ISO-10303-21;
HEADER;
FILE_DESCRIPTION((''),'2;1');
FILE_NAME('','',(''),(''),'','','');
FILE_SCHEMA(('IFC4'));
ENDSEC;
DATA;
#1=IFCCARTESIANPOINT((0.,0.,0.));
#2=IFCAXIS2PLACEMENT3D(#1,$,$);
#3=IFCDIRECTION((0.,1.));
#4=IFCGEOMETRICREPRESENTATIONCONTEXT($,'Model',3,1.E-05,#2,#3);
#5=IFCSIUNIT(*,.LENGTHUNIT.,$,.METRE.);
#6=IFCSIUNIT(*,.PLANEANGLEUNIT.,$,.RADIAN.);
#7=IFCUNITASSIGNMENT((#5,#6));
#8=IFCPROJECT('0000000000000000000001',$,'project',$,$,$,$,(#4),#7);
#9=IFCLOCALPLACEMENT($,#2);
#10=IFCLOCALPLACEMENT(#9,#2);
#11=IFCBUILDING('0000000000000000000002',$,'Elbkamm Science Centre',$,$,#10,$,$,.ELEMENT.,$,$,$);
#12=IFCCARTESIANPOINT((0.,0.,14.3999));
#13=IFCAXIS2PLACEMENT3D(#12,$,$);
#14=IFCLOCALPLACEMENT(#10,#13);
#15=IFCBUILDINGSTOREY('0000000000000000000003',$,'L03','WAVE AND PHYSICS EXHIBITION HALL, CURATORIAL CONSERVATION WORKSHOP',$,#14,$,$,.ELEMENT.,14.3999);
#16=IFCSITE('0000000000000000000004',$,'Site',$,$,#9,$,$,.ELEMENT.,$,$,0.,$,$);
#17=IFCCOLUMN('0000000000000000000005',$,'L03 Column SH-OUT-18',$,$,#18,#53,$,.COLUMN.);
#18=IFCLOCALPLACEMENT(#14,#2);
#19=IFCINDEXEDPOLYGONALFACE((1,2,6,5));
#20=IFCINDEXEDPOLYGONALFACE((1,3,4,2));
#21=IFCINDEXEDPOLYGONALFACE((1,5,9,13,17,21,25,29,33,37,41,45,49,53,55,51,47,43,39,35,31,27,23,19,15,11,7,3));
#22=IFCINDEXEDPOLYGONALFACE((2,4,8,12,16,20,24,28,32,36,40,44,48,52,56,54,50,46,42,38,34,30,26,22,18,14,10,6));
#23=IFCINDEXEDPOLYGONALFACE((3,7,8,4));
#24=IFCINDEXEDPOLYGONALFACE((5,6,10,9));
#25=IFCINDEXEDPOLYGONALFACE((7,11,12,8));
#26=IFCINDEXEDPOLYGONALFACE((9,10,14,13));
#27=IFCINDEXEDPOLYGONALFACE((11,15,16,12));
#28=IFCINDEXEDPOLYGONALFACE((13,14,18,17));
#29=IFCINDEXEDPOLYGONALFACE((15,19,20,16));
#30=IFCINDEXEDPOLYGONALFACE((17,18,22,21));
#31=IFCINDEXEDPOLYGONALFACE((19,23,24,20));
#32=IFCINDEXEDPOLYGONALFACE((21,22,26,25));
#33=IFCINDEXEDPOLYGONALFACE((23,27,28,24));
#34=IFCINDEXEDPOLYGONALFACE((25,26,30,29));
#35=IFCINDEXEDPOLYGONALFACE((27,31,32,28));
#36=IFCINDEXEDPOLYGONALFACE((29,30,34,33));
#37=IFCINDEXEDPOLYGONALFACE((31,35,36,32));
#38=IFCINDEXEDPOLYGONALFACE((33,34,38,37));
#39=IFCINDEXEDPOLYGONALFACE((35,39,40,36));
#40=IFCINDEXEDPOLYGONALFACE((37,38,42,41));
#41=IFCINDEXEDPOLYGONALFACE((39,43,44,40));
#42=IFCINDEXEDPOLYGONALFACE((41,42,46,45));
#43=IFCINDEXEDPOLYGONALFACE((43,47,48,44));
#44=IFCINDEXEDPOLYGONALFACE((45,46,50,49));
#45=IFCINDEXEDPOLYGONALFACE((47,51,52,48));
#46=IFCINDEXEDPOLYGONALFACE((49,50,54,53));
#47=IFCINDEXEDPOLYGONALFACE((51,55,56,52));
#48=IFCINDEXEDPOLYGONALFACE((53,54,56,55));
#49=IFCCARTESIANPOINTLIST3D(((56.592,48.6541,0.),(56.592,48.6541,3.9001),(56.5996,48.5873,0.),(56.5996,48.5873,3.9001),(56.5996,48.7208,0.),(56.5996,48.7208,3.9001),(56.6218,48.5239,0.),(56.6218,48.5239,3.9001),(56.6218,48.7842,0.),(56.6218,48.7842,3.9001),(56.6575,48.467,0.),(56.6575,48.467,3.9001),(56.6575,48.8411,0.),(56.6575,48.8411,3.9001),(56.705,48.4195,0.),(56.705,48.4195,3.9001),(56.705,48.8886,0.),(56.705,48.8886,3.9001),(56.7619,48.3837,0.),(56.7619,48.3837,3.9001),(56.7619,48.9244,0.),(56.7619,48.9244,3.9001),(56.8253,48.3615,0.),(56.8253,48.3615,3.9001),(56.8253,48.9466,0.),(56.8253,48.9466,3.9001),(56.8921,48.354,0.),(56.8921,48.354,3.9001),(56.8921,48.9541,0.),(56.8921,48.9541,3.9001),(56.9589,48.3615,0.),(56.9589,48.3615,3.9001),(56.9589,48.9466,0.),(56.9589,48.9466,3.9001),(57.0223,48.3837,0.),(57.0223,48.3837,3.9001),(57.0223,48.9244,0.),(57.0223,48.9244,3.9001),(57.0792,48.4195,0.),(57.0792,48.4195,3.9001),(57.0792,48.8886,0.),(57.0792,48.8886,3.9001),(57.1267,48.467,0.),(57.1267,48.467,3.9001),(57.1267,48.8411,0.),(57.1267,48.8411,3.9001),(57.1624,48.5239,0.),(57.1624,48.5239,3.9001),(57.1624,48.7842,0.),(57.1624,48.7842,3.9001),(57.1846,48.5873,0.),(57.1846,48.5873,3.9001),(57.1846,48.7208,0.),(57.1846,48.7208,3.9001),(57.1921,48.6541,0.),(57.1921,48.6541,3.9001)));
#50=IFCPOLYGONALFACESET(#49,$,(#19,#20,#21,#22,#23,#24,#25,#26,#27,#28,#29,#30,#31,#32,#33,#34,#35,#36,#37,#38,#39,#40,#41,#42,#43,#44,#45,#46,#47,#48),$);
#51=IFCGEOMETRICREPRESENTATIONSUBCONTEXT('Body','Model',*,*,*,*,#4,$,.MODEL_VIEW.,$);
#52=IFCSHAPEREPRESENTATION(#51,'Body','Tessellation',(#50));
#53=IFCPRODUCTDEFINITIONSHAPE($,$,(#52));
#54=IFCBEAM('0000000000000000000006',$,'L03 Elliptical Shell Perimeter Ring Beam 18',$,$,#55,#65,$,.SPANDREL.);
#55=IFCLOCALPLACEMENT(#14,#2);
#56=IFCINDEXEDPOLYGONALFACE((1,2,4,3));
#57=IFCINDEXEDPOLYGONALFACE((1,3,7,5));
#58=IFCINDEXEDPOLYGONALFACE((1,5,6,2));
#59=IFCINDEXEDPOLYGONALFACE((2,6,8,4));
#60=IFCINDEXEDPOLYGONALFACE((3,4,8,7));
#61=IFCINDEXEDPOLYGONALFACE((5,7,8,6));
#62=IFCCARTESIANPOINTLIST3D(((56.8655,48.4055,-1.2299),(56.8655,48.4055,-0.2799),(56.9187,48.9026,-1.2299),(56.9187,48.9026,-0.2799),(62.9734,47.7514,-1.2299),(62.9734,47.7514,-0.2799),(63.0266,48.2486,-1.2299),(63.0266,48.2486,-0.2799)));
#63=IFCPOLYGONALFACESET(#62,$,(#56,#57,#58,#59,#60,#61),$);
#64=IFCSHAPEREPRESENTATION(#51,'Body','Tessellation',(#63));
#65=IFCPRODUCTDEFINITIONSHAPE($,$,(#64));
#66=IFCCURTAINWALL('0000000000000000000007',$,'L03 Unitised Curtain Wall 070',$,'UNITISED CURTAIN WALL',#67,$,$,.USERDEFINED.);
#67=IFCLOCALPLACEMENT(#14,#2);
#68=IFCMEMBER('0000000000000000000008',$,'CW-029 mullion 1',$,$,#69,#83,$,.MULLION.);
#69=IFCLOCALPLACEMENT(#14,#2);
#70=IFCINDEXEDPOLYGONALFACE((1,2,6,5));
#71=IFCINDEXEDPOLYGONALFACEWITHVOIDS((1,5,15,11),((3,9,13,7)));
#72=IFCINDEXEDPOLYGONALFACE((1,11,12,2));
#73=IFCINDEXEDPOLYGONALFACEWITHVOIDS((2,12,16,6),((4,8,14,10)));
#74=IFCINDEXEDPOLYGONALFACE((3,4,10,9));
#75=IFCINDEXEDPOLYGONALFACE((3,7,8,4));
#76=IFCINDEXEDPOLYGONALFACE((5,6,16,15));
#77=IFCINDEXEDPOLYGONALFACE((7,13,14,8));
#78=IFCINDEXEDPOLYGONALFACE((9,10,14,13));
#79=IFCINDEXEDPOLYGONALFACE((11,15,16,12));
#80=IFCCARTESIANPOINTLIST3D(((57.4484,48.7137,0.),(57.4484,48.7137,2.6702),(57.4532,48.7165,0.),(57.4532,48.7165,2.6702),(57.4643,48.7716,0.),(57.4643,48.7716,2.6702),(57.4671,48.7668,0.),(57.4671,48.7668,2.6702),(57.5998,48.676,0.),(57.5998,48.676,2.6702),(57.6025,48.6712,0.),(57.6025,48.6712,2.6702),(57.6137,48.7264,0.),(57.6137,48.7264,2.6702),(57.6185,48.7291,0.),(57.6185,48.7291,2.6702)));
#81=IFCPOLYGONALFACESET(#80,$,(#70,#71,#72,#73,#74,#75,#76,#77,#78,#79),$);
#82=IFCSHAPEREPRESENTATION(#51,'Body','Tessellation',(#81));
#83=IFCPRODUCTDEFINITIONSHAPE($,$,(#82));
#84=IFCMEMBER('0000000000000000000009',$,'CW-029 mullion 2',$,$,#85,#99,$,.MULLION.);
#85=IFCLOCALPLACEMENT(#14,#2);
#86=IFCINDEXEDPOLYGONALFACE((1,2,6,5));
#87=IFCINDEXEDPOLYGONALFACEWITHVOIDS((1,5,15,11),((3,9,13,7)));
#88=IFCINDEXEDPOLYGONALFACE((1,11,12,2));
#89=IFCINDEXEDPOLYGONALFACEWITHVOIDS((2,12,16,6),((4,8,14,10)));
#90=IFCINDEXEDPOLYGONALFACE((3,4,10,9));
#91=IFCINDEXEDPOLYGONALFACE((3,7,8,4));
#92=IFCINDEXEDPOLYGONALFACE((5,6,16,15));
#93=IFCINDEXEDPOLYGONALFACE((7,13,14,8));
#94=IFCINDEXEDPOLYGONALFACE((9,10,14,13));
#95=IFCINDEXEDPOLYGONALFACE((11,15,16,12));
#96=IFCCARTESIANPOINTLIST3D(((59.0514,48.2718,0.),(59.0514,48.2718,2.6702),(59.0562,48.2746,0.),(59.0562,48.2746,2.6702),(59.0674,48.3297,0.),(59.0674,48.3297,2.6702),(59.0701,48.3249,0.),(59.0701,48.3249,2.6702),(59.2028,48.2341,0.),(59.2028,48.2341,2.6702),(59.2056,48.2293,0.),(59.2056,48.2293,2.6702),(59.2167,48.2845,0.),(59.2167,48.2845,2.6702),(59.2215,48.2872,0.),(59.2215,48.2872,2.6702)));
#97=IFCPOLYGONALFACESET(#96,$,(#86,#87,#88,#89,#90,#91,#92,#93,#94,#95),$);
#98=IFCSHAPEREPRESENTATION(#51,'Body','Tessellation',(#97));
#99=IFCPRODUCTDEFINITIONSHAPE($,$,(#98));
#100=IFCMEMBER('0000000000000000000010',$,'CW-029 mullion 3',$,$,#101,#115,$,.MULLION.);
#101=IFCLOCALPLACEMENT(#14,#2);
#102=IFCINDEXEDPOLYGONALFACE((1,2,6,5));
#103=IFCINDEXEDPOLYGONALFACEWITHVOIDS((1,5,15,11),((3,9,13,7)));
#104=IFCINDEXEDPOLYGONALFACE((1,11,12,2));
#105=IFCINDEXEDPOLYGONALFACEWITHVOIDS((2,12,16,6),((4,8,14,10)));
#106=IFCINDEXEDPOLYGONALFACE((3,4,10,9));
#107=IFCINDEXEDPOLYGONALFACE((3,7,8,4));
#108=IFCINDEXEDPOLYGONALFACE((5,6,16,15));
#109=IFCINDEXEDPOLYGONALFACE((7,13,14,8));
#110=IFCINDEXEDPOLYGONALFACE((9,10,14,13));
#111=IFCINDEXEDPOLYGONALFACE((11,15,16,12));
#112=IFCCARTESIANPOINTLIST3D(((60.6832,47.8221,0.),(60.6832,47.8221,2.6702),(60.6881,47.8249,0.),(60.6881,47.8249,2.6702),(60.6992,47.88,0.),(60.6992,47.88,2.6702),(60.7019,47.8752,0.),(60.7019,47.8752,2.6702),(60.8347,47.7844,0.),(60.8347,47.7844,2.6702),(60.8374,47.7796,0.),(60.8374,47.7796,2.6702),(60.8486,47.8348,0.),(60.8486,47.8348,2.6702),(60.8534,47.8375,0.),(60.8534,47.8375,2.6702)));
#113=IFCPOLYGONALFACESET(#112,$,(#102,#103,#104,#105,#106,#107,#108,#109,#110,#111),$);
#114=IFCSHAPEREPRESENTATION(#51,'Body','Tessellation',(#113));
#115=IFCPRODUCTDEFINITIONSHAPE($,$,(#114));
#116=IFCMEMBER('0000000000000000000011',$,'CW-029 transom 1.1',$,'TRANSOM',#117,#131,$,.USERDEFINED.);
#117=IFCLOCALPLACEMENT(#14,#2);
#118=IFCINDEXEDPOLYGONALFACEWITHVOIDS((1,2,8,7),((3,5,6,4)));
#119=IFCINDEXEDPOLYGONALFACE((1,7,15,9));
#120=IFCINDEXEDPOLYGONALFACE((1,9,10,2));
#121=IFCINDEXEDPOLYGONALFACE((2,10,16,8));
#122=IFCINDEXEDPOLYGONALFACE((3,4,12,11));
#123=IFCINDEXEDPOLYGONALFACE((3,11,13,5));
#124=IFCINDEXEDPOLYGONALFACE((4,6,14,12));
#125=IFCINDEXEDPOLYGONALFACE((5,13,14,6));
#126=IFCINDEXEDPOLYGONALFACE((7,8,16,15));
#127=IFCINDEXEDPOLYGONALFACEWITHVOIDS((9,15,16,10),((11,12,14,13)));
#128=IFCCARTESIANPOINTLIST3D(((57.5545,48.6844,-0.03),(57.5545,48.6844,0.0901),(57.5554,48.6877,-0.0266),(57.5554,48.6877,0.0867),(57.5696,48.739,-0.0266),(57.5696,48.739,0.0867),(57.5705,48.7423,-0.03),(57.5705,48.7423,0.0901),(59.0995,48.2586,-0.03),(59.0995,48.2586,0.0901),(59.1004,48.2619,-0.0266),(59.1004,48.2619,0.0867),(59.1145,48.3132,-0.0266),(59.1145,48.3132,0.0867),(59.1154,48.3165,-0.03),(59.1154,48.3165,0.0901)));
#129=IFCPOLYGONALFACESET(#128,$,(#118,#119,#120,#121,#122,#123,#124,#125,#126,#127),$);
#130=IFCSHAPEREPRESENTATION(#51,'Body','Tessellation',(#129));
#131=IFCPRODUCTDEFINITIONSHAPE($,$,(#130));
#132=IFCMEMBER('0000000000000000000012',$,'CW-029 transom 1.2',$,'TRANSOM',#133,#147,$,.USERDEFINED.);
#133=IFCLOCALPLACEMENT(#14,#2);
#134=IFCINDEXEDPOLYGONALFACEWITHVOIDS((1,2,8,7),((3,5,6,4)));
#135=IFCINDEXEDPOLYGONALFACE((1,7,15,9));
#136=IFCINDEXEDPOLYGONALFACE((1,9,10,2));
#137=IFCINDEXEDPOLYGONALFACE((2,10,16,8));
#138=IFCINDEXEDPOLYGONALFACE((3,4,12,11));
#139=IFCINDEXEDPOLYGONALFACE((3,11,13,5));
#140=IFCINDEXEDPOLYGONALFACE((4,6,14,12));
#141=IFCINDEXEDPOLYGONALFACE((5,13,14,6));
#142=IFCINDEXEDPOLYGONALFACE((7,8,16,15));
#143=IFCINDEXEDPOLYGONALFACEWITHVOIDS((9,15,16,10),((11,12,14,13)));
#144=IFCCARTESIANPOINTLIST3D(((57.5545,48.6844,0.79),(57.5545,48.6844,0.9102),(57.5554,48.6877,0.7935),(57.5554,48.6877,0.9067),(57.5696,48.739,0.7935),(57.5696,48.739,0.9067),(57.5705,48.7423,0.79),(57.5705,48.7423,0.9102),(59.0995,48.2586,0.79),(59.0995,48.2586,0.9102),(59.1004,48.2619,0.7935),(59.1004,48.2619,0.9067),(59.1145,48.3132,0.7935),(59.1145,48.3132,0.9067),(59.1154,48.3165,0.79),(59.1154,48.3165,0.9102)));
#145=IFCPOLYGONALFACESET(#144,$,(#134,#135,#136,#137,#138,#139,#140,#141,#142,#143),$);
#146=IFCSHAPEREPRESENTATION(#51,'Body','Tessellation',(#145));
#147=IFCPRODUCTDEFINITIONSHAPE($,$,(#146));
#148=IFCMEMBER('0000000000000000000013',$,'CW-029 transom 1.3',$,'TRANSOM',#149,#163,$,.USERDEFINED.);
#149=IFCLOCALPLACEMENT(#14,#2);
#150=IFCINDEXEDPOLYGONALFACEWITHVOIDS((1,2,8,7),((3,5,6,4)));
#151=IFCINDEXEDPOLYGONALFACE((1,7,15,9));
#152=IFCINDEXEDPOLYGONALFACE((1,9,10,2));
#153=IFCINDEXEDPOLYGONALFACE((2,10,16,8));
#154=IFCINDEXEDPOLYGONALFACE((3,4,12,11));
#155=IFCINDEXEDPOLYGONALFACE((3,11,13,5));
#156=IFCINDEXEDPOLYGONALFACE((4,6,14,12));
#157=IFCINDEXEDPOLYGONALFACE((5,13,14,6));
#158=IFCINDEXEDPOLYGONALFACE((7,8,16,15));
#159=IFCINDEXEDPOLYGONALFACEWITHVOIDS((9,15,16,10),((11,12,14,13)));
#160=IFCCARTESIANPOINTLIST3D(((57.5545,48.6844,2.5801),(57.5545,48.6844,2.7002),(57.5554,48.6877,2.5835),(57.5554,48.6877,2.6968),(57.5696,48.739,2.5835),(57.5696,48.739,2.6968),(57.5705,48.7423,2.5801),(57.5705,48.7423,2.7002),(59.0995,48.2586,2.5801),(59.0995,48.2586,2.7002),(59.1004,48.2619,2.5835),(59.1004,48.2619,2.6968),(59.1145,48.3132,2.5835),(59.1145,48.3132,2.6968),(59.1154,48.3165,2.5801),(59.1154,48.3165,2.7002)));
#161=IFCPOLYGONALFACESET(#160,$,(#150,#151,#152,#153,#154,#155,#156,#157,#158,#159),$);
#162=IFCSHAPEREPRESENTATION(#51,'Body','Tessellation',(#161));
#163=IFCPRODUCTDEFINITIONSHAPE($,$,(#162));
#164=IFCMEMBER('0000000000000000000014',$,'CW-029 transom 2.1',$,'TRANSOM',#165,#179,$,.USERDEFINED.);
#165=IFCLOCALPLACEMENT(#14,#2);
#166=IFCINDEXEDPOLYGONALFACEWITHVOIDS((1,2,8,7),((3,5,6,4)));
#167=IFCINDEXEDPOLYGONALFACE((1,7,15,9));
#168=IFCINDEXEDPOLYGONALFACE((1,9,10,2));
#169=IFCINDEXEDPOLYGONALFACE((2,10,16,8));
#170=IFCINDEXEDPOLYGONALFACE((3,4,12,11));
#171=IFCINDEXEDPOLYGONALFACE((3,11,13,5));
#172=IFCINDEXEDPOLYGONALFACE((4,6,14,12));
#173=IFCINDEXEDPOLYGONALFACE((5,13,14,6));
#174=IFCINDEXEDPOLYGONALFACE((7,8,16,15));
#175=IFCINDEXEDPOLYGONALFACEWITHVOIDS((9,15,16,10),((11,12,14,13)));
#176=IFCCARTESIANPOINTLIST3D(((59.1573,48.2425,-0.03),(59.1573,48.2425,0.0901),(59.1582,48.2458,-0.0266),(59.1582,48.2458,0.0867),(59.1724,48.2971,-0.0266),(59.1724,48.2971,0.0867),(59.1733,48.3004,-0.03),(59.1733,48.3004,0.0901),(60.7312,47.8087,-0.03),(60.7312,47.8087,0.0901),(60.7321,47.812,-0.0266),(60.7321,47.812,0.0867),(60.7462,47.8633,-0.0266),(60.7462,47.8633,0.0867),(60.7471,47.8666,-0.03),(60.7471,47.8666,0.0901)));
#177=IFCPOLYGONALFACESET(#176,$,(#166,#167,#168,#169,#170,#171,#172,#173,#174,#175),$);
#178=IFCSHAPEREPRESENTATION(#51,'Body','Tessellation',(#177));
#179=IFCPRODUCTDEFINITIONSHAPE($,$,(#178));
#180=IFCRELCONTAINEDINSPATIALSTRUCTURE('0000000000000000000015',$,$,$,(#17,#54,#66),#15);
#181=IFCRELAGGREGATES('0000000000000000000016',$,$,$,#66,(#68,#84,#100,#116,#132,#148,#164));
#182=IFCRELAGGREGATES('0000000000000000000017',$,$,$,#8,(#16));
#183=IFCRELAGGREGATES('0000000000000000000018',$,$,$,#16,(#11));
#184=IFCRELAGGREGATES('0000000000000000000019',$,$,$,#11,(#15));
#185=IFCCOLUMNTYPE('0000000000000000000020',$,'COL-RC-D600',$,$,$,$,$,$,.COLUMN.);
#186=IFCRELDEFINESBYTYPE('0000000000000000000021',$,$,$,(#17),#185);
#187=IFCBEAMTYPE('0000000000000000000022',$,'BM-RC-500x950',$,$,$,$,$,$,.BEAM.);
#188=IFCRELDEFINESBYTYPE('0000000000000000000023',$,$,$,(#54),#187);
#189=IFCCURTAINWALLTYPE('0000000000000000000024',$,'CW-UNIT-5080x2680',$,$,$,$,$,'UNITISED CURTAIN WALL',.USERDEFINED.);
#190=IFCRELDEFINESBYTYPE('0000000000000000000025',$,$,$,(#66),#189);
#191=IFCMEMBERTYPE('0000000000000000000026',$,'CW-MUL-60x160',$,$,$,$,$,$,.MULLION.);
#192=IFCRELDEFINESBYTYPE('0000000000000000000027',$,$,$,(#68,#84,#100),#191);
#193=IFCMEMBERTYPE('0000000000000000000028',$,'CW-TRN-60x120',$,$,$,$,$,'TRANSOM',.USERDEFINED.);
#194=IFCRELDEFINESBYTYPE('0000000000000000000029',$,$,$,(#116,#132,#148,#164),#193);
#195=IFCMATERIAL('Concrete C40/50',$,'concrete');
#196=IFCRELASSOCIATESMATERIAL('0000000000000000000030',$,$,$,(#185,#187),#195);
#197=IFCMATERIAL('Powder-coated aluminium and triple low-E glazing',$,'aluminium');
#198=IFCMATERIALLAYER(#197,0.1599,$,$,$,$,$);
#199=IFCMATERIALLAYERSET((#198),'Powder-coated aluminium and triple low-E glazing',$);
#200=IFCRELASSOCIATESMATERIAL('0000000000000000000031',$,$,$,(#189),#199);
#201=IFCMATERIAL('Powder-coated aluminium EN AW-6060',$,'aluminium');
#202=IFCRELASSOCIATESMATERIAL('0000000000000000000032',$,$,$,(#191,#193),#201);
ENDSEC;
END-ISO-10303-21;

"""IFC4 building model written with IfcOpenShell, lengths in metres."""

from ifc_helpers import new_model, si_unit, direction, frame, origin, origin_2d, place, context, subcontext, project, spatial, rectangle, hollow_rectangle, circle, extrude, material, layer, layer_set, material_profile, profile_set, type_object, element, aggregate, save


model = new_model("IFC4")

# Units and contexts
model_context = context("Model", 3, precision=1e-05, world=origin(), true_north=direction((0.0, 1.0)))
body_context = subcontext(model_context, "Body", "Model", "MODEL_VIEW")
ifc_project = project(units=[si_unit("LENGTHUNIT", "METRE"), si_unit("PLANEANGLEUNIT", "RADIAN")], contexts=[model_context])

# Site, building, storey
site_placement = place(None, origin())
site = spatial("IfcSite", under=ifc_project, at=site_placement, Name="Site", CompositionType="ELEMENT", RefElevation=0.0)
building_placement = place(site_placement, origin())
building = spatial("IfcBuilding", under=site, at=building_placement, Name="Elbkamm Science Centre", CompositionType="ELEMENT")
storey_placement = place(building_placement, frame((0.0, 0.0, 14.3999)))
storey = spatial("IfcBuildingStorey", under=building, at=storey_placement, Name="L03", Description="WAVE AND PHYSICS EXHIBITION HALL, CURATORIAL CONSERVATION WORKSHOP", CompositionType="ELEMENT", Elevation=14.3999)

# Column
ifc_material_1 = material(Name="Concrete C40/50", Category="concrete")
ifc_material_profile_1 = material_profile(ifc_material_1, circle(Radius=0.3, at=origin_2d()), Name="RC D600")
ifc_profile_set_1 = profile_set([ifc_material_profile_1], Name="Concrete C40/50")
column_type = type_object("IfcColumnType", Name="COL-RC-D600", PredefinedType="COLUMN", material=ifc_profile_set_1)
column_placement = place(storey_placement, frame((56.8921, 48.6541, 0.0), z_axis=(0.0, 0.0, 1.0), x_axis=(1.0, 0.0, 0.0)))
element("IfcColumn", 1, at=column_placement, inside=storey, type_object=column_type, Name="L03 Column SH-OUT-18", PredefinedType="COLUMN", context=body_context, shape_type="SweptSolid", body=[
    extrude(circle(Radius=0.3, at=origin_2d()), origin(), (0.0, 0.0, 1.0), 3.9001),
])

# Beam
ifc_material_profile_2 = material_profile(ifc_material_1, rectangle(XDim=0.5, YDim=0.95, at=origin_2d()), Name="RC 500x950")
ifc_profile_set_2 = profile_set([ifc_material_profile_2], Name="Concrete C40/50")
beam_type = type_object("IfcBeamType", Name="BM-RC-500x950", PredefinedType="BEAM", material=ifc_profile_set_2)
beam_placement = place(storey_placement, frame((56.8921, 48.6541, -0.7549), z_axis=(0.994315, -0.106474, 0.0), x_axis=(0.106474, 0.994315, 0.0)))
element("IfcBeam", 2, at=beam_placement, inside=storey, type_object=beam_type, Name="L03 Elliptical Shell Perimeter Ring Beam 18", PredefinedType="SPANDREL", context=body_context, shape_type="SweptSolid", body=[
    extrude(rectangle(XDim=0.5, YDim=0.95, at=origin_2d()), origin(), (0.0, 0.0, 1.0), 6.1428),
])

# Curtain wall, members
ifc_material_2 = material(Name="Powder-coated aluminium and triple low-E glazing", Category="aluminium")
ifc_layer_1 = layer(ifc_material_2, 0.1599)
ifc_layer_set_1 = layer_set([ifc_layer_1], Name="Powder-coated aluminium and triple low-E glazing")
curtain_wall_type = type_object("IfcCurtainWallType", Name="CW-UNIT-5080x2680", ElementType="UNITISED CURTAIN WALL", PredefinedType="USERDEFINED", material=ifc_layer_set_1)
curtain_wall_placement = place(storey_placement, origin())
curtain_wall = element("IfcCurtainWall", 3, at=curtain_wall_placement, inside=storey, type_object=curtain_wall_type, Name="L03 Unitised Curtain Wall 070", ObjectType="UNITISED CURTAIN WALL", PredefinedType="USERDEFINED")
ifc_material_3 = material(Name="Powder-coated aluminium EN AW-6060", Category="aluminium")
ifc_material_profile_3 = material_profile(ifc_material_3, hollow_rectangle(XDim=0.0601, YDim=0.1599, WallThickness=0.0039, at=origin_2d()), Name="ALU M60x160")
ifc_profile_set_3 = profile_set([ifc_material_profile_3], Name="Powder-coated aluminium EN AW-6060")
member_type_1 = type_object("IfcMemberType", Name="CW-MUL-60x160", PredefinedType="MULLION", material=ifc_profile_set_3)
member_1_placement = place(storey_placement, frame((57.5334, 48.7214, 0.0), z_axis=(0.0, 0.0, 1.0), x_axis=(0.265718, 0.964051, 0.0)))
member_1 = element("IfcMember", 4, at=member_1_placement, type_object=member_type_1, Name="CW-029 mullion 1", PredefinedType="MULLION", context=body_context, shape_type="SweptSolid", body=[
    extrude(hollow_rectangle(XDim=0.0601, YDim=0.1599, WallThickness=0.0039, at=origin_2d()), origin(), (0.0, 0.0, 1.0), 2.6702),
])
member_2_placement = place(storey_placement, frame((59.1365, 48.2795, 0.0), z_axis=(0.0, 0.0, 1.0), x_axis=(0.265718, 0.964051, 0.0)))
member_2 = element("IfcMember", 5, at=member_2_placement, type_object=member_type_1, Name="CW-029 mullion 2", PredefinedType="MULLION", context=body_context, shape_type="SweptSolid", body=[
    extrude(hollow_rectangle(XDim=0.0601, YDim=0.1599, WallThickness=0.0039, at=origin_2d()), origin(), (0.0, 0.0, 1.0), 2.6702),
])
member_3_placement = place(storey_placement, frame((60.7683, 47.8298, 0.0), z_axis=(0.0, 0.0, 1.0), x_axis=(0.265718, 0.964051, 0.0)))
member_3 = element("IfcMember", 6, at=member_3_placement, type_object=member_type_1, Name="CW-029 mullion 3", PredefinedType="MULLION", context=body_context, shape_type="SweptSolid", body=[
    extrude(hollow_rectangle(XDim=0.0601, YDim=0.1599, WallThickness=0.0039, at=origin_2d()), origin(), (0.0, 0.0, 1.0), 2.6702),
])
ifc_material_profile_4 = material_profile(ifc_material_3, hollow_rectangle(XDim=0.0601, YDim=0.1201, WallThickness=0.0034, at=origin_2d()), Name="ALU T60x120")
ifc_profile_set_4 = profile_set([ifc_material_profile_4], Name="Powder-coated aluminium EN AW-6060")
member_type_2 = type_object("IfcMemberType", Name="CW-TRN-60x120", ElementType="TRANSOM", PredefinedType="USERDEFINED", material=ifc_profile_set_4)
member_4_placement = place(storey_placement, frame((57.5625, 48.7134, 0.03), z_axis=(0.964057, -0.265695, 0.0), x_axis=(0.265695, 0.964057, 0.0)))
member_4 = element("IfcMember", 7, at=member_4_placement, type_object=member_type_2, Name="CW-029 transom 1.1", ObjectType="TRANSOM", PredefinedType="USERDEFINED", context=body_context, shape_type="SweptSolid", body=[
    extrude(hollow_rectangle(XDim=0.0601, YDim=0.1201, WallThickness=0.0034, at=origin_2d()), origin(), (0.0, 0.0, 1.0), 1.6025),
])
member_5_placement = place(storey_placement, frame((57.5625, 48.7134, 0.8501), z_axis=(0.964057, -0.265695, 0.0), x_axis=(0.265695, 0.964057, 0.0)))
member_5 = element("IfcMember", 8, at=member_5_placement, type_object=member_type_2, Name="CW-029 transom 1.2", ObjectType="TRANSOM", PredefinedType="USERDEFINED", context=body_context, shape_type="SweptSolid", body=[
    extrude(hollow_rectangle(XDim=0.0601, YDim=0.1201, WallThickness=0.0034, at=origin_2d()), origin(), (0.0, 0.0, 1.0), 1.6025),
])
member_6_placement = place(storey_placement, frame((57.5625, 48.7134, 2.6401), z_axis=(0.964057, -0.265695, 0.0), x_axis=(0.265695, 0.964057, 0.0)))
member_6 = element("IfcMember", 9, at=member_6_placement, type_object=member_type_2, Name="CW-029 transom 1.3", ObjectType="TRANSOM", PredefinedType="USERDEFINED", context=body_context, shape_type="SweptSolid", body=[
    extrude(hollow_rectangle(XDim=0.0601, YDim=0.1201, WallThickness=0.0034, at=origin_2d()), origin(), (0.0, 0.0, 1.0), 1.6025),
])
member_7_placement = place(storey_placement, frame((59.1653, 48.2715, 0.03), z_axis=(0.964049, -0.265723, 0.0), x_axis=(0.265723, 0.964049, 0.0)))
member_7 = element("IfcMember", 10, at=member_7_placement, type_object=member_type_2, Name="CW-029 transom 2.1", ObjectType="TRANSOM", PredefinedType="USERDEFINED", context=body_context, shape_type="SweptSolid", body=[
    extrude(hollow_rectangle(XDim=0.0601, YDim=0.1201, WallThickness=0.0034, at=origin_2d()), origin(), (0.0, 0.0, 1.0), 1.6326),
])
aggregate(curtain_wall, [member_1, member_2, member_3, member_4, member_5, member_6, member_7])

save(model, "model.ifc")
